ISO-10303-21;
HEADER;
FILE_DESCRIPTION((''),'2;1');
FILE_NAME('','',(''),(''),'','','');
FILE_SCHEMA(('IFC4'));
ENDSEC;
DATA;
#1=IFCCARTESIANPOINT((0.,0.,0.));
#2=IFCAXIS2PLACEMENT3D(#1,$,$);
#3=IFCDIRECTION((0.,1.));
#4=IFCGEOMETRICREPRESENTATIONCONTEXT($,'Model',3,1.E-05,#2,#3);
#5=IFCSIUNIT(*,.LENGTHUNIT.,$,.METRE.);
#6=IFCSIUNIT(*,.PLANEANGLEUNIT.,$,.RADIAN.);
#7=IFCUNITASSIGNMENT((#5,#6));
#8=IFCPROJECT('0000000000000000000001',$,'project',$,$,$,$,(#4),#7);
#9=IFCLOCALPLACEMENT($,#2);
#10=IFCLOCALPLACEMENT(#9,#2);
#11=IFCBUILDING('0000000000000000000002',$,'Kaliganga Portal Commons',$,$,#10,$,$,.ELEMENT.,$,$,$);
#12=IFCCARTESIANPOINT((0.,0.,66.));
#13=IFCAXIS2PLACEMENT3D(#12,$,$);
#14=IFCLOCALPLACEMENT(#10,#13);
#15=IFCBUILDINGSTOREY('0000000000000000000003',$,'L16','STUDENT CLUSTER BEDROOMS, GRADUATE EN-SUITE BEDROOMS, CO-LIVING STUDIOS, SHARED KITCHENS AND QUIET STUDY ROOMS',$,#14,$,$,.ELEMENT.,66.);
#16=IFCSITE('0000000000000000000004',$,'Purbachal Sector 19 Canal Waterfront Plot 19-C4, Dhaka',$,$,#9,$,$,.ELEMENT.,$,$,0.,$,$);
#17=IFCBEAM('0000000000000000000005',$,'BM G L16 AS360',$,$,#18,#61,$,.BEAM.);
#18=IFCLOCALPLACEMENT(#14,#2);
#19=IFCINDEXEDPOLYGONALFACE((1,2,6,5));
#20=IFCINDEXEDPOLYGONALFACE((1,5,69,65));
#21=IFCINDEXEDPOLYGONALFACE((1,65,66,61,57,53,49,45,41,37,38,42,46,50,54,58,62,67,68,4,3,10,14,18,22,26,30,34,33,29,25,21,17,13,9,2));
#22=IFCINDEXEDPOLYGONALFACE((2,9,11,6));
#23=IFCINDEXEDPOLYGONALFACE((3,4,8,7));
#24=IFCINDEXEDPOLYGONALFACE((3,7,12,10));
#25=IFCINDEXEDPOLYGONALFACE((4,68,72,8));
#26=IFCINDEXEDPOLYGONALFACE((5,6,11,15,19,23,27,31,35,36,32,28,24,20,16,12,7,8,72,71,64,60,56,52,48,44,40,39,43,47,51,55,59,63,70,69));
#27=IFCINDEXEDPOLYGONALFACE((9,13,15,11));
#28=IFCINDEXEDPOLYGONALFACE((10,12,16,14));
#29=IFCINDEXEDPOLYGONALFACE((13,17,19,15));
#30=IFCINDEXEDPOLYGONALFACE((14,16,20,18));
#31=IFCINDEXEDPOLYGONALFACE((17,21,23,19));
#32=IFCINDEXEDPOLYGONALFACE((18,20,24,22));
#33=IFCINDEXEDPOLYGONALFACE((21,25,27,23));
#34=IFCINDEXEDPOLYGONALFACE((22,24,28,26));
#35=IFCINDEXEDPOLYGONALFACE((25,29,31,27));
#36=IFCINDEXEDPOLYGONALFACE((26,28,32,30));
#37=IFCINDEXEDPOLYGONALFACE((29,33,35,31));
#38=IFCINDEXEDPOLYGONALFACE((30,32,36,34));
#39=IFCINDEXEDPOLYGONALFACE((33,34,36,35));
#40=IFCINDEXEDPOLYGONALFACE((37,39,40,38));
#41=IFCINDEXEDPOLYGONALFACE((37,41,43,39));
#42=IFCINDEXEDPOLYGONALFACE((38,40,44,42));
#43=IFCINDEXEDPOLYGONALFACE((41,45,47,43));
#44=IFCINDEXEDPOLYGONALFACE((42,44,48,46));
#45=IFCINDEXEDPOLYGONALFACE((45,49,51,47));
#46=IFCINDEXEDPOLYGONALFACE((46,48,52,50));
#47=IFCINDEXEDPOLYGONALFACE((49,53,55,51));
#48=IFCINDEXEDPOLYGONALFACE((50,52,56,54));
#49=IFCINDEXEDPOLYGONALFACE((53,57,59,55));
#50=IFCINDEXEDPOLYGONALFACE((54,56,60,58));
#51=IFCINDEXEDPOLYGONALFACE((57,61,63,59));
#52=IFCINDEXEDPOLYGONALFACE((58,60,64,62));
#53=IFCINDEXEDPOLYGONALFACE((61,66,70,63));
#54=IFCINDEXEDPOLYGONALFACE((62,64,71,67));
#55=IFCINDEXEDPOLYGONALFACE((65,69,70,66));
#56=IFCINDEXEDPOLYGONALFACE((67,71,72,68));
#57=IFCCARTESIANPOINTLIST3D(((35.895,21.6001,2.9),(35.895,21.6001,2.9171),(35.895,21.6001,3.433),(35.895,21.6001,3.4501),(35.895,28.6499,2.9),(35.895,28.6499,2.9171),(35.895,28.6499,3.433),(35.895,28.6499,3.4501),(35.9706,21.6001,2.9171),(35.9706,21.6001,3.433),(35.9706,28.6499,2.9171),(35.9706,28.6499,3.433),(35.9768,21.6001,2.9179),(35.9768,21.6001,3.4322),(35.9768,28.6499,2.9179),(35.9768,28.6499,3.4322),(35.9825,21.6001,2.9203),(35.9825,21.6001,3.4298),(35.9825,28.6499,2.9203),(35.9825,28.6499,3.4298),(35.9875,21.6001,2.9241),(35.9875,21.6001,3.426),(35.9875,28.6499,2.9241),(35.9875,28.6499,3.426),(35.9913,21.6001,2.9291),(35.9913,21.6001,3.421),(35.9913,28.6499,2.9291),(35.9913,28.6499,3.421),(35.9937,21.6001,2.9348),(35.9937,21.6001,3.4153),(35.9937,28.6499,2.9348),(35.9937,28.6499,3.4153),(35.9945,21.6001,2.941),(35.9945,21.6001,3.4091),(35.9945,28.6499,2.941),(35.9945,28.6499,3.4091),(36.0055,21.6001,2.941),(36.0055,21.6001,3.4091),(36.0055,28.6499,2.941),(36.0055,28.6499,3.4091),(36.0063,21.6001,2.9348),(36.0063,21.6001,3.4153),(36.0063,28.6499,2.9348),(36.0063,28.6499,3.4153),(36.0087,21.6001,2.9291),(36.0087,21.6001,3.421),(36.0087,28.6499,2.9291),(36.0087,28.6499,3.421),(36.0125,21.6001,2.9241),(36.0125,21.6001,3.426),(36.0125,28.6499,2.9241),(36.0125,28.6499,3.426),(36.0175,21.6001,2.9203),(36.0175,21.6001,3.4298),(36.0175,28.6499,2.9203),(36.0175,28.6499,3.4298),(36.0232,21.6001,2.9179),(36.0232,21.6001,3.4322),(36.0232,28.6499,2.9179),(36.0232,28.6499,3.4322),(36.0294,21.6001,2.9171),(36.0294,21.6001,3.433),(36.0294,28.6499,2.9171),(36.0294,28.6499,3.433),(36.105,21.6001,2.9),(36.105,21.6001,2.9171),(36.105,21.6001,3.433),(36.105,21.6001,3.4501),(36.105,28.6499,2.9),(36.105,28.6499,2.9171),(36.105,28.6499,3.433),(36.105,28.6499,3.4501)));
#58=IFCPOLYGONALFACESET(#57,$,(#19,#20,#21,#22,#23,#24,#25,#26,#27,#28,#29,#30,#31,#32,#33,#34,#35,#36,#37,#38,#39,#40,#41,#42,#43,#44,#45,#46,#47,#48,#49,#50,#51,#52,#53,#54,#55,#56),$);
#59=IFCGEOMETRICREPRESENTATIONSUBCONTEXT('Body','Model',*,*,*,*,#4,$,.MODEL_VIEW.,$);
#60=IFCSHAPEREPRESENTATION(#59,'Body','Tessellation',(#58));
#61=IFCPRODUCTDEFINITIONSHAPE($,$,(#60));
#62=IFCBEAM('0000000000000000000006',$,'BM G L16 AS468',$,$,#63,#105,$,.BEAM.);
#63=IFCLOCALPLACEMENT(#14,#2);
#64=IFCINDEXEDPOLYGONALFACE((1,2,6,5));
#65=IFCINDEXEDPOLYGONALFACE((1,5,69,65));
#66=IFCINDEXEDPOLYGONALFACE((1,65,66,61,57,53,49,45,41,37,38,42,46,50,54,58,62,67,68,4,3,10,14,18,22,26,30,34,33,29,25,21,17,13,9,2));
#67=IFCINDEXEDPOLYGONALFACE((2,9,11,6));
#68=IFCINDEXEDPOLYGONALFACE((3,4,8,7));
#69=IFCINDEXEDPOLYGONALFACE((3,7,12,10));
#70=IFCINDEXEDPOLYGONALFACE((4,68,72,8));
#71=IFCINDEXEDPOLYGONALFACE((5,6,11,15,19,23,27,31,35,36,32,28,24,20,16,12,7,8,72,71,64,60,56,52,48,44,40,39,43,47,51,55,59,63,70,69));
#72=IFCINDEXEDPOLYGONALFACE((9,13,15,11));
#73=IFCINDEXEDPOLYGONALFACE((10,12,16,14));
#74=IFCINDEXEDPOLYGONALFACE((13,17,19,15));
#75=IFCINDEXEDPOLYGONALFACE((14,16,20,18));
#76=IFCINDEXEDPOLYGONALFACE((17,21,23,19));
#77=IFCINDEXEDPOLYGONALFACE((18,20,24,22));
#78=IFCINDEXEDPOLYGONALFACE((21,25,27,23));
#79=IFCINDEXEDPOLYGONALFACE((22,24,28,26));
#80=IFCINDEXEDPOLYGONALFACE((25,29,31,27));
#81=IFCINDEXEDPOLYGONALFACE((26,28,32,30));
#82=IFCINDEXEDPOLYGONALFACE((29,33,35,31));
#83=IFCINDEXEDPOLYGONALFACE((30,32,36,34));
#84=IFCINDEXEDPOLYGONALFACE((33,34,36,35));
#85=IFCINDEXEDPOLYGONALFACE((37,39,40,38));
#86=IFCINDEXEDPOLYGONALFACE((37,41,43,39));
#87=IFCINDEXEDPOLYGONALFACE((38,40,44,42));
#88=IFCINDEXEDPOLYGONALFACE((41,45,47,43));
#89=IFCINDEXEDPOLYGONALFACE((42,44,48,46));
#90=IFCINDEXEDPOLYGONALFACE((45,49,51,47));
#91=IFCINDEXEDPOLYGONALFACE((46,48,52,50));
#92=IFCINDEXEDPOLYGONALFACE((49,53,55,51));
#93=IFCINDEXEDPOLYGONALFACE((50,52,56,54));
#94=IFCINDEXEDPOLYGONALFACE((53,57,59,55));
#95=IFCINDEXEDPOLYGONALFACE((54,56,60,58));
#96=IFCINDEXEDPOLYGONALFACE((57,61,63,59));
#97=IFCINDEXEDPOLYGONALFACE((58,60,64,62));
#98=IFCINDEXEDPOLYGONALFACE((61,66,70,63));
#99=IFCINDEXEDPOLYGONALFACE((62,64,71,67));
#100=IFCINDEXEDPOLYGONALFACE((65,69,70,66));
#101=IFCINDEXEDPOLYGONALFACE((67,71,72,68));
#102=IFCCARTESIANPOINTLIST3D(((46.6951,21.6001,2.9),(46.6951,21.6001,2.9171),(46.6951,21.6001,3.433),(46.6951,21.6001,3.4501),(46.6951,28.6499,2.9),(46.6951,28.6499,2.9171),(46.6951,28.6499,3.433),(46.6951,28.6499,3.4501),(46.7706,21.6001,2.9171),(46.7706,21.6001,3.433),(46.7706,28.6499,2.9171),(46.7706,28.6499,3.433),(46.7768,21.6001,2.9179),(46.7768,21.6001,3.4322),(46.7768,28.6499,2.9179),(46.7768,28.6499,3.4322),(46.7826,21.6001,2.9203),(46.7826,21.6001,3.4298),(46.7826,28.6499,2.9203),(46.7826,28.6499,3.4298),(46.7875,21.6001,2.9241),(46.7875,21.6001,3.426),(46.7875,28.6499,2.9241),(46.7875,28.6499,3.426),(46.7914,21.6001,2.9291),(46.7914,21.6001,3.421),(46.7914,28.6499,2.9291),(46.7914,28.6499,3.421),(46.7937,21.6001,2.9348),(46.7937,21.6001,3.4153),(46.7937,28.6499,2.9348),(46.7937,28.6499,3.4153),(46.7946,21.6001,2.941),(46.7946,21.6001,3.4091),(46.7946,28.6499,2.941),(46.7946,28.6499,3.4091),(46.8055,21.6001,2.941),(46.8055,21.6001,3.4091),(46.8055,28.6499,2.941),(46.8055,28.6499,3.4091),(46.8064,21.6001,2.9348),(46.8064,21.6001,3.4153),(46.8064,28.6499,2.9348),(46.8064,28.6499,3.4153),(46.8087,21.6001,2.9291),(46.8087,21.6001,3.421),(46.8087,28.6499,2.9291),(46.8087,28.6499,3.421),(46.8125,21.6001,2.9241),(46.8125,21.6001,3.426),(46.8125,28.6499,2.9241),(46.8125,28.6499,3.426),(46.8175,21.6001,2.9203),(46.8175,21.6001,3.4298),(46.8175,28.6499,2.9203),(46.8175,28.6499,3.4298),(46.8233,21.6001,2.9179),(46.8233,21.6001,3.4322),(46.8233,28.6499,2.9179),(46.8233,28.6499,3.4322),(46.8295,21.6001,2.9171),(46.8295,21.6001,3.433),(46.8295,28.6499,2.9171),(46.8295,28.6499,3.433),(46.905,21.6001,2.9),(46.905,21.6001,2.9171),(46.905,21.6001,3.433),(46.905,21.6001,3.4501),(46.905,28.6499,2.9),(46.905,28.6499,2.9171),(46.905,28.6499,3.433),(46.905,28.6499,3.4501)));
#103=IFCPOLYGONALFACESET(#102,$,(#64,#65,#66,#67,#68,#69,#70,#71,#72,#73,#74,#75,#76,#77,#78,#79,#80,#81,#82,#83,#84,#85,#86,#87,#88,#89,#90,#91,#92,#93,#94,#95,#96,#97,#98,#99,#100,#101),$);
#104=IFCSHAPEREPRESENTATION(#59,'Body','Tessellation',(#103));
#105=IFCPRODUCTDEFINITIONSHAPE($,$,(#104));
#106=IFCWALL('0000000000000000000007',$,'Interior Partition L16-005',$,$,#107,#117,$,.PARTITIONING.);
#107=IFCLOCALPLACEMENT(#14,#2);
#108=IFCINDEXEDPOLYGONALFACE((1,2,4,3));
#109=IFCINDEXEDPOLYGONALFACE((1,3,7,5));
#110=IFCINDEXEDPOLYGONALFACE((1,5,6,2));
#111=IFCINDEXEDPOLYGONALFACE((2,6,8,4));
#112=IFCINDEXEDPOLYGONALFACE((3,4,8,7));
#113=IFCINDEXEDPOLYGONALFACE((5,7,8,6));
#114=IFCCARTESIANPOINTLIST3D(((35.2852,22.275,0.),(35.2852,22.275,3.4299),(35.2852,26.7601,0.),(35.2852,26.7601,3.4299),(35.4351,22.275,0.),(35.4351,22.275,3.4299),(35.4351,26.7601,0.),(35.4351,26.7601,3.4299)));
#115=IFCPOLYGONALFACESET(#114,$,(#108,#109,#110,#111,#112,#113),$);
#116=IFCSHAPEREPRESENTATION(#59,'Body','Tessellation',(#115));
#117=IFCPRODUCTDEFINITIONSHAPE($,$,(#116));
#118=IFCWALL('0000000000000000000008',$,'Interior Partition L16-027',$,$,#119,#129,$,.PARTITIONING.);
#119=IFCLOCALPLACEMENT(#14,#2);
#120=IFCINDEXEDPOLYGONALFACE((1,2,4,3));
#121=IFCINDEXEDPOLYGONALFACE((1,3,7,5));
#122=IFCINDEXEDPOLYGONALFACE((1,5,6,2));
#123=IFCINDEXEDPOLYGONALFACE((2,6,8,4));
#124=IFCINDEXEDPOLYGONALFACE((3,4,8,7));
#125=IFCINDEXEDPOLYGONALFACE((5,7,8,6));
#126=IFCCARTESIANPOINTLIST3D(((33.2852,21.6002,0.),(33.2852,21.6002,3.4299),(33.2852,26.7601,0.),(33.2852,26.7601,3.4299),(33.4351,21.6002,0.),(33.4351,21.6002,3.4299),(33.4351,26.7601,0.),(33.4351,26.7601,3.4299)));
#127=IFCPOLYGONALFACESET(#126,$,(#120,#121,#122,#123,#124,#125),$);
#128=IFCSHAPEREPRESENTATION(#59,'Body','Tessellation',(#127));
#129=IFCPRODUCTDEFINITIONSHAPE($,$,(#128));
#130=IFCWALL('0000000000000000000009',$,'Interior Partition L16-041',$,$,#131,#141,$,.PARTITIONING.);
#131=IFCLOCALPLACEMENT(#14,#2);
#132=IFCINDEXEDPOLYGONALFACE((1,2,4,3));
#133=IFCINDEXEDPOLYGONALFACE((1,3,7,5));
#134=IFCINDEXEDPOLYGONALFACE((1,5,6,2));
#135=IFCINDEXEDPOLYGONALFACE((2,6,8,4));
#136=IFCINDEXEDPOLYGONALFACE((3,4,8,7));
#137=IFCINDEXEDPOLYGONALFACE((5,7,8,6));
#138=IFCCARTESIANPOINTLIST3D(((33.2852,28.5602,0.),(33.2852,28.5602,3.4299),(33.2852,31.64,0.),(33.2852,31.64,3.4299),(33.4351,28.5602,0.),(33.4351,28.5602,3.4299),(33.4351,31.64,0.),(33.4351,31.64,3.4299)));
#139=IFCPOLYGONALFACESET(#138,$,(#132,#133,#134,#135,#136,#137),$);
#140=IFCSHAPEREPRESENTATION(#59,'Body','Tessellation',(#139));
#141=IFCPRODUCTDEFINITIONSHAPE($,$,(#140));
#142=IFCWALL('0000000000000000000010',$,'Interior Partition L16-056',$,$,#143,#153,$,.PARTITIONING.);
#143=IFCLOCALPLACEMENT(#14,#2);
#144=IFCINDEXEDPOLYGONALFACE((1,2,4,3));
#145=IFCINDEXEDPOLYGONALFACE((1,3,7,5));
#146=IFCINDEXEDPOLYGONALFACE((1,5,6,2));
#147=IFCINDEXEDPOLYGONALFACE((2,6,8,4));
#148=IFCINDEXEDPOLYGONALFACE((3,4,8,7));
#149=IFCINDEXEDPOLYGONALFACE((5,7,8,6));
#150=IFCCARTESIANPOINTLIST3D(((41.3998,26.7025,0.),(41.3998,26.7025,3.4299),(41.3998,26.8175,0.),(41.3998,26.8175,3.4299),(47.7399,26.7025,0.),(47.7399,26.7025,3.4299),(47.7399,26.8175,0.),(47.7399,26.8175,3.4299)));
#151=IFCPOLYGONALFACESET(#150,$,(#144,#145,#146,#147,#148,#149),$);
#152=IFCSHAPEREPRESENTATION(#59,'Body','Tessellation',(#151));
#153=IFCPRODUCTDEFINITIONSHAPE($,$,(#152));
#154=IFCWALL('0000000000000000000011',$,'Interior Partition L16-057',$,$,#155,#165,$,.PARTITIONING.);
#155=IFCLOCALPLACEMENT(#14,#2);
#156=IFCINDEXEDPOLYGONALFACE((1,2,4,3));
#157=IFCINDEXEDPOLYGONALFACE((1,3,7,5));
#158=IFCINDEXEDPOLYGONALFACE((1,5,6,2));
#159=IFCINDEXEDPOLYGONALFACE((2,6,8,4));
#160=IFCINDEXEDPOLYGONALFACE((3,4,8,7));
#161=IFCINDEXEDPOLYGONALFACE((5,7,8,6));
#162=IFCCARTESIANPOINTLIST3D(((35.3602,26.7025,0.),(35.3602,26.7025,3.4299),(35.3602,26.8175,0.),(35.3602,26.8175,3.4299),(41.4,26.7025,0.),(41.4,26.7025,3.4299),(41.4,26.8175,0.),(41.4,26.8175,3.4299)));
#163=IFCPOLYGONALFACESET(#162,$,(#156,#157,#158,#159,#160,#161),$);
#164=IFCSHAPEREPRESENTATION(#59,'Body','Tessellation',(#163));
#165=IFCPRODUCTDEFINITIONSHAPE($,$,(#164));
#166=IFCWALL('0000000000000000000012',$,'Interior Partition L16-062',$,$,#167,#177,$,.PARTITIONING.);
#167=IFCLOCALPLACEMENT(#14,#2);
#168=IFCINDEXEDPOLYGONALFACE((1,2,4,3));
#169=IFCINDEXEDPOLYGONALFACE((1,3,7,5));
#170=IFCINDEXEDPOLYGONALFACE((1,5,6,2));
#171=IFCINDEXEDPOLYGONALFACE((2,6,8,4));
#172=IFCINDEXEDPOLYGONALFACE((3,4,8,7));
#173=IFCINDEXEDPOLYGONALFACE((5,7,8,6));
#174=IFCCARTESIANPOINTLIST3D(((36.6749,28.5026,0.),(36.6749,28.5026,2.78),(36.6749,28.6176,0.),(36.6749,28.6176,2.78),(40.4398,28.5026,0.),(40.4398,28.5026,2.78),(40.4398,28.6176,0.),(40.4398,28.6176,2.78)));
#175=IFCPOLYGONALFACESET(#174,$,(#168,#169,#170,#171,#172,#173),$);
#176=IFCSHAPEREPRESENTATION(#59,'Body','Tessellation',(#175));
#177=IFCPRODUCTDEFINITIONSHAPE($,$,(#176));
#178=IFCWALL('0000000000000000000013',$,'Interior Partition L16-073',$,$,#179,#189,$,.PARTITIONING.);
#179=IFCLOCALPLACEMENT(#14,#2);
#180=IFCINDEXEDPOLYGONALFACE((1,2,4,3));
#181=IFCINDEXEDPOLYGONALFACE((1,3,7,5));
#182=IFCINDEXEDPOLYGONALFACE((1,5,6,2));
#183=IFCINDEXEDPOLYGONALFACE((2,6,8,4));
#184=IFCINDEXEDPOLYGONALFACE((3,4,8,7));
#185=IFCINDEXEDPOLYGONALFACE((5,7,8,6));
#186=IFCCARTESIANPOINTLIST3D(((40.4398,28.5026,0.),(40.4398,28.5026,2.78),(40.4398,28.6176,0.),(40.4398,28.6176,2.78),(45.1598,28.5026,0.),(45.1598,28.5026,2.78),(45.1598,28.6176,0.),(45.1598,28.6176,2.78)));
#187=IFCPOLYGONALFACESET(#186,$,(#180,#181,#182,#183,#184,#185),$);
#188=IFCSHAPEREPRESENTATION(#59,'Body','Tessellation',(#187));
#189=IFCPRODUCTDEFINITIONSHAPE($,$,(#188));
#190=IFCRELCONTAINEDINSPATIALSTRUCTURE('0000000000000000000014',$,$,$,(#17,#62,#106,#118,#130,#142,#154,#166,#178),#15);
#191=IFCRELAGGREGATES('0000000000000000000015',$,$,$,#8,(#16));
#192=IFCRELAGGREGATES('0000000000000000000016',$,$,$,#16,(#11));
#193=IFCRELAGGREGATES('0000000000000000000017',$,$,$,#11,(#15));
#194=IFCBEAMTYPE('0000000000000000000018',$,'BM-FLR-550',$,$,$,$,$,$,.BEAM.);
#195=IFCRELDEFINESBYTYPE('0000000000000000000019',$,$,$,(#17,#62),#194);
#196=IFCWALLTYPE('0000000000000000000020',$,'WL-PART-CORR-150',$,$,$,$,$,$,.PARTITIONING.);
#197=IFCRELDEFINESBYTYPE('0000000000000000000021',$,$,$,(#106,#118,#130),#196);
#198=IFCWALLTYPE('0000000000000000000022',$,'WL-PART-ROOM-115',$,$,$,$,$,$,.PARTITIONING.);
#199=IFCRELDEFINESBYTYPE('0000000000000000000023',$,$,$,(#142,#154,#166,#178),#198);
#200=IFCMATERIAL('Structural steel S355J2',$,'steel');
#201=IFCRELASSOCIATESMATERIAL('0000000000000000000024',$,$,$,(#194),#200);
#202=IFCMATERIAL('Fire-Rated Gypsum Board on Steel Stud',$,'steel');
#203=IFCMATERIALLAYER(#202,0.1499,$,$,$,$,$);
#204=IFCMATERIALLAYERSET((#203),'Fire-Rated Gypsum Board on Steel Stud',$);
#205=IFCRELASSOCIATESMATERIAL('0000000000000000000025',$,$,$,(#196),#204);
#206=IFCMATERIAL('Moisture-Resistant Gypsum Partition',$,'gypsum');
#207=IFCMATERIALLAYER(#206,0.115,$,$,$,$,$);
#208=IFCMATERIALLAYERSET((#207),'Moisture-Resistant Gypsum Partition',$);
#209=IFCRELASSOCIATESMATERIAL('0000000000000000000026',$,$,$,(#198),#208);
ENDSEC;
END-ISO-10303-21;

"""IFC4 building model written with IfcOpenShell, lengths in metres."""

from ifc_helpers import new_model, si_unit, direction, frame, frame_2d, origin, origin_2d, place, context, subcontext, project, spatial, rectangle, i_section, extrude, source, transform, mapped, material, layer, layer_set, material_profile, profile_set, type_object, element, save


model = new_model("IFC4")

# Units and contexts
model_context = context("Model", 3, precision=1e-05, world=origin(), true_north=direction((0.0, 1.0)))
body_context = subcontext(model_context, "Body", "Model", "MODEL_VIEW")
ifc_project = project(units=[si_unit("LENGTHUNIT", "METRE"), si_unit("PLANEANGLEUNIT", "RADIAN")], contexts=[model_context])

# Site, building, storey
site_placement = place(None, origin())
site = spatial("IfcSite", under=ifc_project, at=site_placement, Name="Purbachal Sector 19 Canal Waterfront Plot 19-C4, Dhaka", CompositionType="ELEMENT", RefElevation=0.0)
building_placement = place(site_placement, origin())
building = spatial("IfcBuilding", under=site, at=building_placement, Name="Kaliganga Portal Commons", CompositionType="ELEMENT")
storey_placement = place(building_placement, frame((0.0, 0.0, 66.0)))
storey = spatial("IfcBuildingStorey", under=building, at=storey_placement, Name="L16", Description="STUDENT CLUSTER BEDROOMS, GRADUATE EN-SUITE BEDROOMS, CO-LIVING STUDIOS, SHARED KITCHENS AND QUIET STUDY ROOMS", CompositionType="ELEMENT", Elevation=66.0)

# Beams
ifc_material_1 = material(Name="Structural steel S355J2", Category="steel")
ifc_material_profile_1 = material_profile(ifc_material_1, i_section(OverallWidth=0.21, OverallDepth=0.55, WebThickness=0.011, FlangeThickness=0.0171, FilletRadius=0.0239, at=origin_2d()), Name="IPE 550")
ifc_profile_set_1 = profile_set([ifc_material_profile_1], Name="Structural steel S355J2 wide-flange")
beam_type_1 = type_object("IfcBeamType", Name="BM-FLR-550", PredefinedType="BEAM", material=ifc_profile_set_1)
shared_shape_1 = source(origin(), body_context, "Body", "SweptSolid", [
    extrude(i_section(OverallWidth=0.21, OverallDepth=0.55, WebThickness=0.011, FlangeThickness=0.0171, FilletRadius=0.0239, at=origin_2d()), origin(), (0.0, 0.0, 1.0), 7.0498),
])
for number, where, z_axis, x_axis, name in (
    (1, (36.0, 21.6001, 3.175), (0.0, 1.0, 0.0), (-1.0, 0.0, 0.0), "BM G L16 AS360"),
    (2, (46.8, 21.6001, 3.175), (0.0, 1.0, 0.0), (-1.0, 0.0, 0.0), "BM G L16 AS468"),
):
    element("IfcBeam", number, at=place(storey_placement, frame(where, z_axis=z_axis, x_axis=x_axis)), inside=storey, type_object=beam_type_1, Name=name, PredefinedType="BEAM", context=body_context, shape_type="MappedRepresentation", body=[
        mapped(shared_shape_1, transform((0.0, 0.0, 0.0), x_axis=(1.0, 0.0, 0.0), y_axis=(0.0, 1.0, 0.0), z_axis=(0.0, 0.0, 1.0), scale=1.0)),
    ])

# Walls
ifc_material_2 = material(Name="Fire-Rated Gypsum Board on Steel Stud", Category="steel")
ifc_layer_1 = layer(ifc_material_2, 0.1499)
ifc_layer_set_1 = layer_set([ifc_layer_1], Name="Fire-Rated Gypsum Board on Steel Stud")
wall_type_1 = type_object("IfcWallType", Name="WL-PART-CORR-150", PredefinedType="PARTITIONING", material=ifc_layer_set_1)
wall_1_placement = place(storey_placement, frame((35.3601, 22.2749, 0.0), z_axis=(0.0, 0.0, 1.0), x_axis=(0.0, 1.0, 0.0)))
element("IfcWall", 3, at=wall_1_placement, inside=storey, type_object=wall_type_1, Name="Interior Partition L16-005", PredefinedType="PARTITIONING", context=body_context, shape_type="SweptSolid", body=[
    extrude(rectangle(XDim=4.4851, YDim=0.1499, at=frame_2d((2.2427, 0.0))), origin(), (0.0, 0.0, 1.0), 3.4299),
])
wall_2_placement = place(storey_placement, frame((33.3601, 21.6001, 0.0), z_axis=(0.0, 0.0, 1.0), x_axis=(0.0, 1.0, 0.0)))
element("IfcWall", 4, at=wall_2_placement, inside=storey, type_object=wall_type_1, Name="Interior Partition L16-027", PredefinedType="PARTITIONING", context=body_context, shape_type="SweptSolid", body=[
    extrude(rectangle(XDim=5.1599, YDim=0.1499, at=frame_2d((2.5801, 0.0))), origin(), (0.0, 0.0, 1.0), 3.4299),
])
wall_3_placement = place(storey_placement, frame((33.3601, 28.5601, 0.0), z_axis=(0.0, 0.0, 1.0), x_axis=(0.0, 1.0, 0.0)))
element("IfcWall", 5, at=wall_3_placement, inside=storey, type_object=wall_type_1, Name="Interior Partition L16-041", PredefinedType="PARTITIONING", context=body_context, shape_type="SweptSolid", body=[
    extrude(rectangle(XDim=3.0798, YDim=0.1499, at=frame_2d((1.54, 0.0))), origin(), (0.0, 0.0, 1.0), 3.4299),
])
ifc_material_3 = material(Name="Moisture-Resistant Gypsum Partition", Category="gypsum")
ifc_layer_2 = layer(ifc_material_3, 0.115)
ifc_layer_set_2 = layer_set([ifc_layer_2], Name="Moisture-Resistant Gypsum Partition")
wall_type_2 = type_object("IfcWallType", Name="WL-PART-ROOM-115", PredefinedType="PARTITIONING", material=ifc_layer_set_2)
wall_4_placement = place(storey_placement, frame((41.3999, 26.76, 0.0), z_axis=(0.0, 0.0, 1.0), x_axis=(1.0, 0.0, 0.0)))
element("IfcWall", 6, at=wall_4_placement, inside=storey, type_object=wall_type_2, Name="Interior Partition L16-056", PredefinedType="PARTITIONING", context=body_context, shape_type="SweptSolid", body=[
    extrude(rectangle(XDim=6.3401, YDim=0.115, at=frame_2d((3.1699, 0.0))), origin(), (0.0, 0.0, 1.0), 3.4299),
])
wall_5_placement = place(storey_placement, frame((35.3601, 26.76, 0.0), z_axis=(0.0, 0.0, 1.0), x_axis=(1.0, 0.0, 0.0)))
element("IfcWall", 7, at=wall_5_placement, inside=storey, type_object=wall_type_2, Name="Interior Partition L16-057", PredefinedType="PARTITIONING", context=body_context, shape_type="SweptSolid", body=[
    extrude(rectangle(XDim=6.0398, YDim=0.115, at=frame_2d((3.02, 0.0))), origin(), (0.0, 0.0, 1.0), 3.4299),
])
wall_6_placement = place(storey_placement, frame((36.675, 28.5601, 0.0), z_axis=(0.0, 0.0, 1.0), x_axis=(1.0, 0.0, 0.0)))
element("IfcWall", 8, at=wall_6_placement, inside=storey, type_object=wall_type_2, Name="Interior Partition L16-062", PredefinedType="PARTITIONING", context=body_context, shape_type="SweptSolid", body=[
    extrude(rectangle(XDim=3.7649, YDim=0.115, at=frame_2d((1.8823, 0.0))), origin(), (0.0, 0.0, 1.0), 2.78),
])
wall_7_placement = place(storey_placement, frame((40.4399, 28.5601, 0.0), z_axis=(0.0, 0.0, 1.0), x_axis=(1.0, 0.0, 0.0)))
element("IfcWall", 9, at=wall_7_placement, inside=storey, type_object=wall_type_2, Name="Interior Partition L16-073", PredefinedType="PARTITIONING", context=body_context, shape_type="SweptSolid", body=[
    extrude(rectangle(XDim=4.72, YDim=0.115, at=frame_2d((2.3599, 0.0))), origin(), (0.0, 0.0, 1.0), 2.78),
])

save(model, "model.ifc")
